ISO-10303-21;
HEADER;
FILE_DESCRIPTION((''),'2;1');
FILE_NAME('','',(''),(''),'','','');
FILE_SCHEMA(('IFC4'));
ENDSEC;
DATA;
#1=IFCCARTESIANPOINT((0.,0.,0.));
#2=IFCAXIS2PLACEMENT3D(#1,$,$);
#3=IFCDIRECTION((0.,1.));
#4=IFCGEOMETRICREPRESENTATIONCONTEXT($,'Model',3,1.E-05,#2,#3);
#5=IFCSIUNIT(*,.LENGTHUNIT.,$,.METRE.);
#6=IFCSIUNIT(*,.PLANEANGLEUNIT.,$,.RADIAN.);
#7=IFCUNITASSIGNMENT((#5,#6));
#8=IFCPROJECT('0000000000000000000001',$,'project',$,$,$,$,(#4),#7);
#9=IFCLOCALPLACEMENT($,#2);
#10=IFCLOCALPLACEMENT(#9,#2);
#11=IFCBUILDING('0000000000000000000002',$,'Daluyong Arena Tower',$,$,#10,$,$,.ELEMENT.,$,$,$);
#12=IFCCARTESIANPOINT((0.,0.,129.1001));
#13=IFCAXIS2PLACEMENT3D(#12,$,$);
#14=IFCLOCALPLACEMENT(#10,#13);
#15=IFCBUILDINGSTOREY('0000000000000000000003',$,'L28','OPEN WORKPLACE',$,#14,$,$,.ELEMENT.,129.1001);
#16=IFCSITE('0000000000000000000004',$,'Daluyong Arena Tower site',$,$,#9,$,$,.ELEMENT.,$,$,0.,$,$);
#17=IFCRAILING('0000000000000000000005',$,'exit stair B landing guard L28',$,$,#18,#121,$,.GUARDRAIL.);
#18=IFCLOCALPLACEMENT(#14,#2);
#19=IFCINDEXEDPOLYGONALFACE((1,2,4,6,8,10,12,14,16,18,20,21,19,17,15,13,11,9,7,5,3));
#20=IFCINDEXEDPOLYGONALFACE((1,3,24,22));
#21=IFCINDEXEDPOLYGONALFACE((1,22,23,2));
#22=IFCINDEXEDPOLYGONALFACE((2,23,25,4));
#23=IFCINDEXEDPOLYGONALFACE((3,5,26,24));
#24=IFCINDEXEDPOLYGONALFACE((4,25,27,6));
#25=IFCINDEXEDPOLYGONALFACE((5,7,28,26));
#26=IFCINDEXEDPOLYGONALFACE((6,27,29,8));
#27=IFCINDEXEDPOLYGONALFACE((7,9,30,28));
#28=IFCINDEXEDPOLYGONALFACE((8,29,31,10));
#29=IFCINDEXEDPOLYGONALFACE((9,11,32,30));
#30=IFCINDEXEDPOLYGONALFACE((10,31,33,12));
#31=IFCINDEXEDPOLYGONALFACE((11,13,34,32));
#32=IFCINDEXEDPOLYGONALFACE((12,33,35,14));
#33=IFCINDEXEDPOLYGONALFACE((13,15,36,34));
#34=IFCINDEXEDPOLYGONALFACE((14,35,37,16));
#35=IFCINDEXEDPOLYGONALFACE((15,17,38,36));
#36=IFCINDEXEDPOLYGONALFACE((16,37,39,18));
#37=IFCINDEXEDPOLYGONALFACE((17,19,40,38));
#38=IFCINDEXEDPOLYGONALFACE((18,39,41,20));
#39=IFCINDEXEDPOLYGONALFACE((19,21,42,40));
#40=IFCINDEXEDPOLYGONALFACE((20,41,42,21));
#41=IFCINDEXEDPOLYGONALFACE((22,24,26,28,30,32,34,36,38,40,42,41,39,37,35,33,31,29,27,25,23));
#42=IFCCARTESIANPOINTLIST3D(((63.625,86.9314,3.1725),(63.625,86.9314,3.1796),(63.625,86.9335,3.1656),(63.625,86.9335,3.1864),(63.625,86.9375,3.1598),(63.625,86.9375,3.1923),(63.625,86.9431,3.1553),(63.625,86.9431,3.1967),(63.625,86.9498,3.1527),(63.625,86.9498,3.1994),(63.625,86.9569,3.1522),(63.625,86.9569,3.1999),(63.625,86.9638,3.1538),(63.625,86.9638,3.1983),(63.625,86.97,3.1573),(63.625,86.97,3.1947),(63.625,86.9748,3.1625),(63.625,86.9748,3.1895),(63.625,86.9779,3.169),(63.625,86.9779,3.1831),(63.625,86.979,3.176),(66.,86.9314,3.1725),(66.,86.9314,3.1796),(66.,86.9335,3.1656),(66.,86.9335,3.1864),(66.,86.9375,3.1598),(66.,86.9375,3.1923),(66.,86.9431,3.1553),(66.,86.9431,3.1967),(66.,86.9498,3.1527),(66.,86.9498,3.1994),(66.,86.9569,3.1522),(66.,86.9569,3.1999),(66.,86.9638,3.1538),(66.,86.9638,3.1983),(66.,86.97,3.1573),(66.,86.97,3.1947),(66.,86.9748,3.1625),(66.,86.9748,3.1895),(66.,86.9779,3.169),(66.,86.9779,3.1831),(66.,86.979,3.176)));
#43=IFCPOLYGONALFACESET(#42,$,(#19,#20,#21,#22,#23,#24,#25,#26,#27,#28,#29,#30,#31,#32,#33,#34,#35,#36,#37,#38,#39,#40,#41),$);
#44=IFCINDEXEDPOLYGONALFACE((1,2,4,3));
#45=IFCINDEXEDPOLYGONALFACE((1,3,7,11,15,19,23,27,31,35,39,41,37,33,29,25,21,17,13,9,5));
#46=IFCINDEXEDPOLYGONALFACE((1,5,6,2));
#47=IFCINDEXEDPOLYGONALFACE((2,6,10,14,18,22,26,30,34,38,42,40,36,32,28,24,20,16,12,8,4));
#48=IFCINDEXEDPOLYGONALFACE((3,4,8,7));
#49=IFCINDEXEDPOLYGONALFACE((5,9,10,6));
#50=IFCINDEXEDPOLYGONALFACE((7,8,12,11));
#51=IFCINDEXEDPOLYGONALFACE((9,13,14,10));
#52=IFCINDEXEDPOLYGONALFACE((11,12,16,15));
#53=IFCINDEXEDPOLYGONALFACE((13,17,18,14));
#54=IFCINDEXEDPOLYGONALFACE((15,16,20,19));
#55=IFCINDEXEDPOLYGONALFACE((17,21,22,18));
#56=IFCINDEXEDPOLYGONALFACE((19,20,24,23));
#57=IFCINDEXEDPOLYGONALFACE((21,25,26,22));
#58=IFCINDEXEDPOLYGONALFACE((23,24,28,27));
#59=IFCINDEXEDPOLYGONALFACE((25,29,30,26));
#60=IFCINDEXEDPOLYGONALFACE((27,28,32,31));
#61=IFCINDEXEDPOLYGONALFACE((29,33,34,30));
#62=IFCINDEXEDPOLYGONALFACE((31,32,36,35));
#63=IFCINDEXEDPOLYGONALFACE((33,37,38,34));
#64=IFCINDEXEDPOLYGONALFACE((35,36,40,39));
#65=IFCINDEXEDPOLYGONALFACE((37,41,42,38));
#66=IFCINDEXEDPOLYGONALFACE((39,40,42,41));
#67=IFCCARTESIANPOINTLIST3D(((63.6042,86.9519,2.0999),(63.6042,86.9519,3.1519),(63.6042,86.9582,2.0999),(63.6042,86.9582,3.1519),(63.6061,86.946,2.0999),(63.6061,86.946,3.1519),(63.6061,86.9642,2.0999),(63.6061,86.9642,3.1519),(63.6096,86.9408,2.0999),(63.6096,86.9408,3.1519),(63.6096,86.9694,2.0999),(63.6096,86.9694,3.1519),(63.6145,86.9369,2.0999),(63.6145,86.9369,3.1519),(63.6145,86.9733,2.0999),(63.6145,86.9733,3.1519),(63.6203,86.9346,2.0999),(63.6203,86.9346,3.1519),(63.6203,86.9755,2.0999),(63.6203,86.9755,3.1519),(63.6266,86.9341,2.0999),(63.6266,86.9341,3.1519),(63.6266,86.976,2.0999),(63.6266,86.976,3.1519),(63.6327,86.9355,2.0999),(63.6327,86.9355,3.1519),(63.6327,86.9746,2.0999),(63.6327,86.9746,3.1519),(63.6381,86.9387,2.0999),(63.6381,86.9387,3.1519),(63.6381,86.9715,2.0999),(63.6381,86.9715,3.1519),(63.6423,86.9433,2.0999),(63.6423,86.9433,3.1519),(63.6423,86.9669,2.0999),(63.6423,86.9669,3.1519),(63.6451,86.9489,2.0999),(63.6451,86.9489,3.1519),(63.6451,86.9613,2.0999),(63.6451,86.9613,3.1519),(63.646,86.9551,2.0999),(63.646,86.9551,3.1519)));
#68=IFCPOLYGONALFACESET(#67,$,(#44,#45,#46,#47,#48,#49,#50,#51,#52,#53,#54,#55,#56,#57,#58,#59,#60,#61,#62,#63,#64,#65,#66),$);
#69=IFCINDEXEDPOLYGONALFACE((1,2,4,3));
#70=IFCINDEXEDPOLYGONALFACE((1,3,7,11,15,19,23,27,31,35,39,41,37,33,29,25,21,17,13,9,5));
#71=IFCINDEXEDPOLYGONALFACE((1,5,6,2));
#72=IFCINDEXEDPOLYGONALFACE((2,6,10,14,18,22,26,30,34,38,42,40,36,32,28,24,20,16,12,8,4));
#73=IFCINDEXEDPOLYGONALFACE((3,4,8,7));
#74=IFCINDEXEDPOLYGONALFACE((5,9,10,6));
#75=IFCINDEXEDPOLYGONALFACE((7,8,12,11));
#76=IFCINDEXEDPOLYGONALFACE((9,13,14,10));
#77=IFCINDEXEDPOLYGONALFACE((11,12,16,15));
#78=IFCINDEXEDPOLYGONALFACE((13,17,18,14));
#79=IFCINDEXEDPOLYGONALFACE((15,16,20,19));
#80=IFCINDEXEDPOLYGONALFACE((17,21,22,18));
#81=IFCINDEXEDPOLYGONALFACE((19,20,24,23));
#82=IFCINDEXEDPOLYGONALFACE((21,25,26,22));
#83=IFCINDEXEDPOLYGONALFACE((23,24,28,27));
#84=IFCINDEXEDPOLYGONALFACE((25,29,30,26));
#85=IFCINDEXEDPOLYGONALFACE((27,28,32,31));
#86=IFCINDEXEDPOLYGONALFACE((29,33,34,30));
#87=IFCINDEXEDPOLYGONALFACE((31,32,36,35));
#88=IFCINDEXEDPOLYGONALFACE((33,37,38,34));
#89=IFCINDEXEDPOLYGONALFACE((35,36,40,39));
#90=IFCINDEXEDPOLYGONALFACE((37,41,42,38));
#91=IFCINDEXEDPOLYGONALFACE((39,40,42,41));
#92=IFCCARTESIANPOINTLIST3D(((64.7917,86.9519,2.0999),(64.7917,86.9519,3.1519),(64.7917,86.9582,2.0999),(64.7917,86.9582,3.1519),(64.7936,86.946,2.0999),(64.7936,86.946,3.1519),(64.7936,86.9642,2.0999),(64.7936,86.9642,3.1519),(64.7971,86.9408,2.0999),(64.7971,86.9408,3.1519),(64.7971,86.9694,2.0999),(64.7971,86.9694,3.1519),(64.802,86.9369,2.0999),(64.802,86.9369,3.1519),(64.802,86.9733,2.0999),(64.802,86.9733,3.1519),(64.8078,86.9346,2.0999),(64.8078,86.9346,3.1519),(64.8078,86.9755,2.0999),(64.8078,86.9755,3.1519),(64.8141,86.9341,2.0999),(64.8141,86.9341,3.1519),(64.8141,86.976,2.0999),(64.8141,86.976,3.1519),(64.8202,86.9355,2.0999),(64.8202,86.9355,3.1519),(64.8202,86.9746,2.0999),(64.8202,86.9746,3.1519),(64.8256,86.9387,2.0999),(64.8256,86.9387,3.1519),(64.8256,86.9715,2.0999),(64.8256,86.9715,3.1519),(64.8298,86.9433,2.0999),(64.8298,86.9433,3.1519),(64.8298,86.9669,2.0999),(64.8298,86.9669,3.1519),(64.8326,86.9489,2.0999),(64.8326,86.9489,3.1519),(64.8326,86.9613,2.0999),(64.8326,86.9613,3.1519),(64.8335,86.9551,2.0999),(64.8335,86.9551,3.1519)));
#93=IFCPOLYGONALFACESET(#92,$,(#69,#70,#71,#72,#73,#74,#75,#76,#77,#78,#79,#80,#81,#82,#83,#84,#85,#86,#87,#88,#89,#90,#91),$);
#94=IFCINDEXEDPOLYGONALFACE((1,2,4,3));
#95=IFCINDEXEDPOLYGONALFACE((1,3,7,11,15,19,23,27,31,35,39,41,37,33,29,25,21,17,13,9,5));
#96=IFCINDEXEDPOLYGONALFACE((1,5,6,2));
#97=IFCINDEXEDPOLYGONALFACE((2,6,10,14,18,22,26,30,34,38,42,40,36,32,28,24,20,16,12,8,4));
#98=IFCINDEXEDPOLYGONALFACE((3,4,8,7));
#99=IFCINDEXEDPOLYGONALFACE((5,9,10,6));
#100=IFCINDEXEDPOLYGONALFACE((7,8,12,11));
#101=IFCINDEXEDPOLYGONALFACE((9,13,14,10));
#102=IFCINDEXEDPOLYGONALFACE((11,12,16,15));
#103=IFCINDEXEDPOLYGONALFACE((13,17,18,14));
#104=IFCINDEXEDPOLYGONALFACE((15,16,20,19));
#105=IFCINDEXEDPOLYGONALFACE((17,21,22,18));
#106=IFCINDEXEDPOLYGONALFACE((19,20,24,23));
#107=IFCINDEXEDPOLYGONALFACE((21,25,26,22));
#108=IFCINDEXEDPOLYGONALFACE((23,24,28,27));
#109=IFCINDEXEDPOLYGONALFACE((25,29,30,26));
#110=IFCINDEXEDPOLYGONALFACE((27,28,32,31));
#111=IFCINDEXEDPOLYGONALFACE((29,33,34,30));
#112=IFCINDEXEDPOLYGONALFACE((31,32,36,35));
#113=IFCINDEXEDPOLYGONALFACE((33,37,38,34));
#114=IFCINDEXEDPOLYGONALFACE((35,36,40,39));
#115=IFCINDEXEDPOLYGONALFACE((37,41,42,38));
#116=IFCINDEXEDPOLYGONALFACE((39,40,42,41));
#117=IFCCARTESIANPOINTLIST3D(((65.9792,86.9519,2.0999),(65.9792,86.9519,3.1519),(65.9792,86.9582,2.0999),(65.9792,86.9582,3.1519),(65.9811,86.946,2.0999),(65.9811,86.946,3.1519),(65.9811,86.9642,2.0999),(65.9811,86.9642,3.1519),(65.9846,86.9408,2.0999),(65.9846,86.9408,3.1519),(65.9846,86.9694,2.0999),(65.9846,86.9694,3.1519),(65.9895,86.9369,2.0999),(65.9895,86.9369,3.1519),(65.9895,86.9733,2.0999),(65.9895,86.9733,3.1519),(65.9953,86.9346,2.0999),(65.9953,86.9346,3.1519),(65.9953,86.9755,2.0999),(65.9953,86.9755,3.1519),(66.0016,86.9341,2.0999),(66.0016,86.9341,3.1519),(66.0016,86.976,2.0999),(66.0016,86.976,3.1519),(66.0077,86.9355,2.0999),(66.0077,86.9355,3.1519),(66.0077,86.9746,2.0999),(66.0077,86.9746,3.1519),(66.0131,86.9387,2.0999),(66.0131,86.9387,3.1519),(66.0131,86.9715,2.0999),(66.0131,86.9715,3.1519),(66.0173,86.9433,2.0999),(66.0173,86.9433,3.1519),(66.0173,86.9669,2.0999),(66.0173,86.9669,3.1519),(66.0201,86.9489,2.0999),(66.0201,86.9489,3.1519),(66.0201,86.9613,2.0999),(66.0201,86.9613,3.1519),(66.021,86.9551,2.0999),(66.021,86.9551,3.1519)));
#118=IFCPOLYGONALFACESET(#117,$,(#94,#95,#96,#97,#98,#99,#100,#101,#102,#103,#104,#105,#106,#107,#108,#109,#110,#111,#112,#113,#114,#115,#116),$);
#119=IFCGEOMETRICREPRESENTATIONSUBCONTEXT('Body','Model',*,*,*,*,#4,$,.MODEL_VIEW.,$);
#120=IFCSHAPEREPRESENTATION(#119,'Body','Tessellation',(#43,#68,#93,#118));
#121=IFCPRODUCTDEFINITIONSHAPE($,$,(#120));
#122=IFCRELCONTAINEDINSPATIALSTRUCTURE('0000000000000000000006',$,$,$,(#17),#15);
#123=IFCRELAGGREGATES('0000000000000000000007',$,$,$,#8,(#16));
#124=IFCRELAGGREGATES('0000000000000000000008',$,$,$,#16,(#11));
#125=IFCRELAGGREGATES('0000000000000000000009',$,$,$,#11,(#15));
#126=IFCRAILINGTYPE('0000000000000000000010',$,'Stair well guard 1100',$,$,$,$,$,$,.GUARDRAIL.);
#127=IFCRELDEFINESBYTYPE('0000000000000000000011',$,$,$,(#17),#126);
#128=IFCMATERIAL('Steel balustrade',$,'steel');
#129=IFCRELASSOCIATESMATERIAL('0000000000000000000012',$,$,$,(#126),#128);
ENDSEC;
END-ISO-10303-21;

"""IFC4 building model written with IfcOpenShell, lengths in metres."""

from ifc_helpers import new_model, si_unit, direction, frame, origin, origin_2d, place, context, subcontext, project, spatial, circle, extrude, material, type_object, element, save


model = new_model("IFC4")

# Units and contexts
model_context = context("Model", 3, precision=1e-05, world=origin(), true_north=direction((0.0, 1.0)))
body_context = subcontext(model_context, "Body", "Model", "MODEL_VIEW")
ifc_project = project(units=[si_unit("LENGTHUNIT", "METRE"), si_unit("PLANEANGLEUNIT", "RADIAN")], contexts=[model_context])

# Site, building, storey
site_placement = place(None, origin())
site = spatial("IfcSite", under=ifc_project, at=site_placement, Name="Daluyong Arena Tower site", CompositionType="ELEMENT", RefElevation=0.0)
building_placement = place(site_placement, origin())
building = spatial("IfcBuilding", under=site, at=building_placement, Name="Daluyong Arena Tower", CompositionType="ELEMENT")
storey_placement = place(building_placement, frame((0.0, 0.0, 129.1001)))
storey = spatial("IfcBuildingStorey", under=building, at=storey_placement, Name="L28", Description="OPEN WORKPLACE", CompositionType="ELEMENT", Elevation=129.1001)

# Railing
ifc_material_1 = material(Name="Steel balustrade", Category="steel")
railing_type_1 = type_object("IfcRailingType", Name="Stair well guard 1100", PredefinedType="GUARDRAIL", material=ifc_material_1)
railing_1_placement = place(storey_placement, frame((63.625, 86.9551, 2.0999)))
element("IfcRailing", 1, at=railing_1_placement, inside=storey, type_object=railing_type_1, Name="exit stair B landing guard L28", PredefinedType="GUARDRAIL", context=body_context, shape_type="SweptSolid", body=[
    extrude(circle(Radius=0.0239, at=origin_2d()), frame((0.0, 0.0, 1.0762), z_axis=(1.0, 0.0, 0.0), x_axis=(0.0, 1.0, 0.0)), (0.0, 0.0, 1.0), 2.375),
    extrude(circle(Radius=0.021, at=origin_2d()), origin(), (0.0, 0.0, 1.0), 1.052),
    extrude(circle(Radius=0.021, at=origin_2d()), frame((1.1875, 0.0, 0.0)), (0.0, 0.0, 1.0), 1.052),
    extrude(circle(Radius=0.021, at=origin_2d()), frame((2.375, 0.0, 0.0)), (0.0, 0.0, 1.0), 1.052),
])

save(model, "model.ifc")
